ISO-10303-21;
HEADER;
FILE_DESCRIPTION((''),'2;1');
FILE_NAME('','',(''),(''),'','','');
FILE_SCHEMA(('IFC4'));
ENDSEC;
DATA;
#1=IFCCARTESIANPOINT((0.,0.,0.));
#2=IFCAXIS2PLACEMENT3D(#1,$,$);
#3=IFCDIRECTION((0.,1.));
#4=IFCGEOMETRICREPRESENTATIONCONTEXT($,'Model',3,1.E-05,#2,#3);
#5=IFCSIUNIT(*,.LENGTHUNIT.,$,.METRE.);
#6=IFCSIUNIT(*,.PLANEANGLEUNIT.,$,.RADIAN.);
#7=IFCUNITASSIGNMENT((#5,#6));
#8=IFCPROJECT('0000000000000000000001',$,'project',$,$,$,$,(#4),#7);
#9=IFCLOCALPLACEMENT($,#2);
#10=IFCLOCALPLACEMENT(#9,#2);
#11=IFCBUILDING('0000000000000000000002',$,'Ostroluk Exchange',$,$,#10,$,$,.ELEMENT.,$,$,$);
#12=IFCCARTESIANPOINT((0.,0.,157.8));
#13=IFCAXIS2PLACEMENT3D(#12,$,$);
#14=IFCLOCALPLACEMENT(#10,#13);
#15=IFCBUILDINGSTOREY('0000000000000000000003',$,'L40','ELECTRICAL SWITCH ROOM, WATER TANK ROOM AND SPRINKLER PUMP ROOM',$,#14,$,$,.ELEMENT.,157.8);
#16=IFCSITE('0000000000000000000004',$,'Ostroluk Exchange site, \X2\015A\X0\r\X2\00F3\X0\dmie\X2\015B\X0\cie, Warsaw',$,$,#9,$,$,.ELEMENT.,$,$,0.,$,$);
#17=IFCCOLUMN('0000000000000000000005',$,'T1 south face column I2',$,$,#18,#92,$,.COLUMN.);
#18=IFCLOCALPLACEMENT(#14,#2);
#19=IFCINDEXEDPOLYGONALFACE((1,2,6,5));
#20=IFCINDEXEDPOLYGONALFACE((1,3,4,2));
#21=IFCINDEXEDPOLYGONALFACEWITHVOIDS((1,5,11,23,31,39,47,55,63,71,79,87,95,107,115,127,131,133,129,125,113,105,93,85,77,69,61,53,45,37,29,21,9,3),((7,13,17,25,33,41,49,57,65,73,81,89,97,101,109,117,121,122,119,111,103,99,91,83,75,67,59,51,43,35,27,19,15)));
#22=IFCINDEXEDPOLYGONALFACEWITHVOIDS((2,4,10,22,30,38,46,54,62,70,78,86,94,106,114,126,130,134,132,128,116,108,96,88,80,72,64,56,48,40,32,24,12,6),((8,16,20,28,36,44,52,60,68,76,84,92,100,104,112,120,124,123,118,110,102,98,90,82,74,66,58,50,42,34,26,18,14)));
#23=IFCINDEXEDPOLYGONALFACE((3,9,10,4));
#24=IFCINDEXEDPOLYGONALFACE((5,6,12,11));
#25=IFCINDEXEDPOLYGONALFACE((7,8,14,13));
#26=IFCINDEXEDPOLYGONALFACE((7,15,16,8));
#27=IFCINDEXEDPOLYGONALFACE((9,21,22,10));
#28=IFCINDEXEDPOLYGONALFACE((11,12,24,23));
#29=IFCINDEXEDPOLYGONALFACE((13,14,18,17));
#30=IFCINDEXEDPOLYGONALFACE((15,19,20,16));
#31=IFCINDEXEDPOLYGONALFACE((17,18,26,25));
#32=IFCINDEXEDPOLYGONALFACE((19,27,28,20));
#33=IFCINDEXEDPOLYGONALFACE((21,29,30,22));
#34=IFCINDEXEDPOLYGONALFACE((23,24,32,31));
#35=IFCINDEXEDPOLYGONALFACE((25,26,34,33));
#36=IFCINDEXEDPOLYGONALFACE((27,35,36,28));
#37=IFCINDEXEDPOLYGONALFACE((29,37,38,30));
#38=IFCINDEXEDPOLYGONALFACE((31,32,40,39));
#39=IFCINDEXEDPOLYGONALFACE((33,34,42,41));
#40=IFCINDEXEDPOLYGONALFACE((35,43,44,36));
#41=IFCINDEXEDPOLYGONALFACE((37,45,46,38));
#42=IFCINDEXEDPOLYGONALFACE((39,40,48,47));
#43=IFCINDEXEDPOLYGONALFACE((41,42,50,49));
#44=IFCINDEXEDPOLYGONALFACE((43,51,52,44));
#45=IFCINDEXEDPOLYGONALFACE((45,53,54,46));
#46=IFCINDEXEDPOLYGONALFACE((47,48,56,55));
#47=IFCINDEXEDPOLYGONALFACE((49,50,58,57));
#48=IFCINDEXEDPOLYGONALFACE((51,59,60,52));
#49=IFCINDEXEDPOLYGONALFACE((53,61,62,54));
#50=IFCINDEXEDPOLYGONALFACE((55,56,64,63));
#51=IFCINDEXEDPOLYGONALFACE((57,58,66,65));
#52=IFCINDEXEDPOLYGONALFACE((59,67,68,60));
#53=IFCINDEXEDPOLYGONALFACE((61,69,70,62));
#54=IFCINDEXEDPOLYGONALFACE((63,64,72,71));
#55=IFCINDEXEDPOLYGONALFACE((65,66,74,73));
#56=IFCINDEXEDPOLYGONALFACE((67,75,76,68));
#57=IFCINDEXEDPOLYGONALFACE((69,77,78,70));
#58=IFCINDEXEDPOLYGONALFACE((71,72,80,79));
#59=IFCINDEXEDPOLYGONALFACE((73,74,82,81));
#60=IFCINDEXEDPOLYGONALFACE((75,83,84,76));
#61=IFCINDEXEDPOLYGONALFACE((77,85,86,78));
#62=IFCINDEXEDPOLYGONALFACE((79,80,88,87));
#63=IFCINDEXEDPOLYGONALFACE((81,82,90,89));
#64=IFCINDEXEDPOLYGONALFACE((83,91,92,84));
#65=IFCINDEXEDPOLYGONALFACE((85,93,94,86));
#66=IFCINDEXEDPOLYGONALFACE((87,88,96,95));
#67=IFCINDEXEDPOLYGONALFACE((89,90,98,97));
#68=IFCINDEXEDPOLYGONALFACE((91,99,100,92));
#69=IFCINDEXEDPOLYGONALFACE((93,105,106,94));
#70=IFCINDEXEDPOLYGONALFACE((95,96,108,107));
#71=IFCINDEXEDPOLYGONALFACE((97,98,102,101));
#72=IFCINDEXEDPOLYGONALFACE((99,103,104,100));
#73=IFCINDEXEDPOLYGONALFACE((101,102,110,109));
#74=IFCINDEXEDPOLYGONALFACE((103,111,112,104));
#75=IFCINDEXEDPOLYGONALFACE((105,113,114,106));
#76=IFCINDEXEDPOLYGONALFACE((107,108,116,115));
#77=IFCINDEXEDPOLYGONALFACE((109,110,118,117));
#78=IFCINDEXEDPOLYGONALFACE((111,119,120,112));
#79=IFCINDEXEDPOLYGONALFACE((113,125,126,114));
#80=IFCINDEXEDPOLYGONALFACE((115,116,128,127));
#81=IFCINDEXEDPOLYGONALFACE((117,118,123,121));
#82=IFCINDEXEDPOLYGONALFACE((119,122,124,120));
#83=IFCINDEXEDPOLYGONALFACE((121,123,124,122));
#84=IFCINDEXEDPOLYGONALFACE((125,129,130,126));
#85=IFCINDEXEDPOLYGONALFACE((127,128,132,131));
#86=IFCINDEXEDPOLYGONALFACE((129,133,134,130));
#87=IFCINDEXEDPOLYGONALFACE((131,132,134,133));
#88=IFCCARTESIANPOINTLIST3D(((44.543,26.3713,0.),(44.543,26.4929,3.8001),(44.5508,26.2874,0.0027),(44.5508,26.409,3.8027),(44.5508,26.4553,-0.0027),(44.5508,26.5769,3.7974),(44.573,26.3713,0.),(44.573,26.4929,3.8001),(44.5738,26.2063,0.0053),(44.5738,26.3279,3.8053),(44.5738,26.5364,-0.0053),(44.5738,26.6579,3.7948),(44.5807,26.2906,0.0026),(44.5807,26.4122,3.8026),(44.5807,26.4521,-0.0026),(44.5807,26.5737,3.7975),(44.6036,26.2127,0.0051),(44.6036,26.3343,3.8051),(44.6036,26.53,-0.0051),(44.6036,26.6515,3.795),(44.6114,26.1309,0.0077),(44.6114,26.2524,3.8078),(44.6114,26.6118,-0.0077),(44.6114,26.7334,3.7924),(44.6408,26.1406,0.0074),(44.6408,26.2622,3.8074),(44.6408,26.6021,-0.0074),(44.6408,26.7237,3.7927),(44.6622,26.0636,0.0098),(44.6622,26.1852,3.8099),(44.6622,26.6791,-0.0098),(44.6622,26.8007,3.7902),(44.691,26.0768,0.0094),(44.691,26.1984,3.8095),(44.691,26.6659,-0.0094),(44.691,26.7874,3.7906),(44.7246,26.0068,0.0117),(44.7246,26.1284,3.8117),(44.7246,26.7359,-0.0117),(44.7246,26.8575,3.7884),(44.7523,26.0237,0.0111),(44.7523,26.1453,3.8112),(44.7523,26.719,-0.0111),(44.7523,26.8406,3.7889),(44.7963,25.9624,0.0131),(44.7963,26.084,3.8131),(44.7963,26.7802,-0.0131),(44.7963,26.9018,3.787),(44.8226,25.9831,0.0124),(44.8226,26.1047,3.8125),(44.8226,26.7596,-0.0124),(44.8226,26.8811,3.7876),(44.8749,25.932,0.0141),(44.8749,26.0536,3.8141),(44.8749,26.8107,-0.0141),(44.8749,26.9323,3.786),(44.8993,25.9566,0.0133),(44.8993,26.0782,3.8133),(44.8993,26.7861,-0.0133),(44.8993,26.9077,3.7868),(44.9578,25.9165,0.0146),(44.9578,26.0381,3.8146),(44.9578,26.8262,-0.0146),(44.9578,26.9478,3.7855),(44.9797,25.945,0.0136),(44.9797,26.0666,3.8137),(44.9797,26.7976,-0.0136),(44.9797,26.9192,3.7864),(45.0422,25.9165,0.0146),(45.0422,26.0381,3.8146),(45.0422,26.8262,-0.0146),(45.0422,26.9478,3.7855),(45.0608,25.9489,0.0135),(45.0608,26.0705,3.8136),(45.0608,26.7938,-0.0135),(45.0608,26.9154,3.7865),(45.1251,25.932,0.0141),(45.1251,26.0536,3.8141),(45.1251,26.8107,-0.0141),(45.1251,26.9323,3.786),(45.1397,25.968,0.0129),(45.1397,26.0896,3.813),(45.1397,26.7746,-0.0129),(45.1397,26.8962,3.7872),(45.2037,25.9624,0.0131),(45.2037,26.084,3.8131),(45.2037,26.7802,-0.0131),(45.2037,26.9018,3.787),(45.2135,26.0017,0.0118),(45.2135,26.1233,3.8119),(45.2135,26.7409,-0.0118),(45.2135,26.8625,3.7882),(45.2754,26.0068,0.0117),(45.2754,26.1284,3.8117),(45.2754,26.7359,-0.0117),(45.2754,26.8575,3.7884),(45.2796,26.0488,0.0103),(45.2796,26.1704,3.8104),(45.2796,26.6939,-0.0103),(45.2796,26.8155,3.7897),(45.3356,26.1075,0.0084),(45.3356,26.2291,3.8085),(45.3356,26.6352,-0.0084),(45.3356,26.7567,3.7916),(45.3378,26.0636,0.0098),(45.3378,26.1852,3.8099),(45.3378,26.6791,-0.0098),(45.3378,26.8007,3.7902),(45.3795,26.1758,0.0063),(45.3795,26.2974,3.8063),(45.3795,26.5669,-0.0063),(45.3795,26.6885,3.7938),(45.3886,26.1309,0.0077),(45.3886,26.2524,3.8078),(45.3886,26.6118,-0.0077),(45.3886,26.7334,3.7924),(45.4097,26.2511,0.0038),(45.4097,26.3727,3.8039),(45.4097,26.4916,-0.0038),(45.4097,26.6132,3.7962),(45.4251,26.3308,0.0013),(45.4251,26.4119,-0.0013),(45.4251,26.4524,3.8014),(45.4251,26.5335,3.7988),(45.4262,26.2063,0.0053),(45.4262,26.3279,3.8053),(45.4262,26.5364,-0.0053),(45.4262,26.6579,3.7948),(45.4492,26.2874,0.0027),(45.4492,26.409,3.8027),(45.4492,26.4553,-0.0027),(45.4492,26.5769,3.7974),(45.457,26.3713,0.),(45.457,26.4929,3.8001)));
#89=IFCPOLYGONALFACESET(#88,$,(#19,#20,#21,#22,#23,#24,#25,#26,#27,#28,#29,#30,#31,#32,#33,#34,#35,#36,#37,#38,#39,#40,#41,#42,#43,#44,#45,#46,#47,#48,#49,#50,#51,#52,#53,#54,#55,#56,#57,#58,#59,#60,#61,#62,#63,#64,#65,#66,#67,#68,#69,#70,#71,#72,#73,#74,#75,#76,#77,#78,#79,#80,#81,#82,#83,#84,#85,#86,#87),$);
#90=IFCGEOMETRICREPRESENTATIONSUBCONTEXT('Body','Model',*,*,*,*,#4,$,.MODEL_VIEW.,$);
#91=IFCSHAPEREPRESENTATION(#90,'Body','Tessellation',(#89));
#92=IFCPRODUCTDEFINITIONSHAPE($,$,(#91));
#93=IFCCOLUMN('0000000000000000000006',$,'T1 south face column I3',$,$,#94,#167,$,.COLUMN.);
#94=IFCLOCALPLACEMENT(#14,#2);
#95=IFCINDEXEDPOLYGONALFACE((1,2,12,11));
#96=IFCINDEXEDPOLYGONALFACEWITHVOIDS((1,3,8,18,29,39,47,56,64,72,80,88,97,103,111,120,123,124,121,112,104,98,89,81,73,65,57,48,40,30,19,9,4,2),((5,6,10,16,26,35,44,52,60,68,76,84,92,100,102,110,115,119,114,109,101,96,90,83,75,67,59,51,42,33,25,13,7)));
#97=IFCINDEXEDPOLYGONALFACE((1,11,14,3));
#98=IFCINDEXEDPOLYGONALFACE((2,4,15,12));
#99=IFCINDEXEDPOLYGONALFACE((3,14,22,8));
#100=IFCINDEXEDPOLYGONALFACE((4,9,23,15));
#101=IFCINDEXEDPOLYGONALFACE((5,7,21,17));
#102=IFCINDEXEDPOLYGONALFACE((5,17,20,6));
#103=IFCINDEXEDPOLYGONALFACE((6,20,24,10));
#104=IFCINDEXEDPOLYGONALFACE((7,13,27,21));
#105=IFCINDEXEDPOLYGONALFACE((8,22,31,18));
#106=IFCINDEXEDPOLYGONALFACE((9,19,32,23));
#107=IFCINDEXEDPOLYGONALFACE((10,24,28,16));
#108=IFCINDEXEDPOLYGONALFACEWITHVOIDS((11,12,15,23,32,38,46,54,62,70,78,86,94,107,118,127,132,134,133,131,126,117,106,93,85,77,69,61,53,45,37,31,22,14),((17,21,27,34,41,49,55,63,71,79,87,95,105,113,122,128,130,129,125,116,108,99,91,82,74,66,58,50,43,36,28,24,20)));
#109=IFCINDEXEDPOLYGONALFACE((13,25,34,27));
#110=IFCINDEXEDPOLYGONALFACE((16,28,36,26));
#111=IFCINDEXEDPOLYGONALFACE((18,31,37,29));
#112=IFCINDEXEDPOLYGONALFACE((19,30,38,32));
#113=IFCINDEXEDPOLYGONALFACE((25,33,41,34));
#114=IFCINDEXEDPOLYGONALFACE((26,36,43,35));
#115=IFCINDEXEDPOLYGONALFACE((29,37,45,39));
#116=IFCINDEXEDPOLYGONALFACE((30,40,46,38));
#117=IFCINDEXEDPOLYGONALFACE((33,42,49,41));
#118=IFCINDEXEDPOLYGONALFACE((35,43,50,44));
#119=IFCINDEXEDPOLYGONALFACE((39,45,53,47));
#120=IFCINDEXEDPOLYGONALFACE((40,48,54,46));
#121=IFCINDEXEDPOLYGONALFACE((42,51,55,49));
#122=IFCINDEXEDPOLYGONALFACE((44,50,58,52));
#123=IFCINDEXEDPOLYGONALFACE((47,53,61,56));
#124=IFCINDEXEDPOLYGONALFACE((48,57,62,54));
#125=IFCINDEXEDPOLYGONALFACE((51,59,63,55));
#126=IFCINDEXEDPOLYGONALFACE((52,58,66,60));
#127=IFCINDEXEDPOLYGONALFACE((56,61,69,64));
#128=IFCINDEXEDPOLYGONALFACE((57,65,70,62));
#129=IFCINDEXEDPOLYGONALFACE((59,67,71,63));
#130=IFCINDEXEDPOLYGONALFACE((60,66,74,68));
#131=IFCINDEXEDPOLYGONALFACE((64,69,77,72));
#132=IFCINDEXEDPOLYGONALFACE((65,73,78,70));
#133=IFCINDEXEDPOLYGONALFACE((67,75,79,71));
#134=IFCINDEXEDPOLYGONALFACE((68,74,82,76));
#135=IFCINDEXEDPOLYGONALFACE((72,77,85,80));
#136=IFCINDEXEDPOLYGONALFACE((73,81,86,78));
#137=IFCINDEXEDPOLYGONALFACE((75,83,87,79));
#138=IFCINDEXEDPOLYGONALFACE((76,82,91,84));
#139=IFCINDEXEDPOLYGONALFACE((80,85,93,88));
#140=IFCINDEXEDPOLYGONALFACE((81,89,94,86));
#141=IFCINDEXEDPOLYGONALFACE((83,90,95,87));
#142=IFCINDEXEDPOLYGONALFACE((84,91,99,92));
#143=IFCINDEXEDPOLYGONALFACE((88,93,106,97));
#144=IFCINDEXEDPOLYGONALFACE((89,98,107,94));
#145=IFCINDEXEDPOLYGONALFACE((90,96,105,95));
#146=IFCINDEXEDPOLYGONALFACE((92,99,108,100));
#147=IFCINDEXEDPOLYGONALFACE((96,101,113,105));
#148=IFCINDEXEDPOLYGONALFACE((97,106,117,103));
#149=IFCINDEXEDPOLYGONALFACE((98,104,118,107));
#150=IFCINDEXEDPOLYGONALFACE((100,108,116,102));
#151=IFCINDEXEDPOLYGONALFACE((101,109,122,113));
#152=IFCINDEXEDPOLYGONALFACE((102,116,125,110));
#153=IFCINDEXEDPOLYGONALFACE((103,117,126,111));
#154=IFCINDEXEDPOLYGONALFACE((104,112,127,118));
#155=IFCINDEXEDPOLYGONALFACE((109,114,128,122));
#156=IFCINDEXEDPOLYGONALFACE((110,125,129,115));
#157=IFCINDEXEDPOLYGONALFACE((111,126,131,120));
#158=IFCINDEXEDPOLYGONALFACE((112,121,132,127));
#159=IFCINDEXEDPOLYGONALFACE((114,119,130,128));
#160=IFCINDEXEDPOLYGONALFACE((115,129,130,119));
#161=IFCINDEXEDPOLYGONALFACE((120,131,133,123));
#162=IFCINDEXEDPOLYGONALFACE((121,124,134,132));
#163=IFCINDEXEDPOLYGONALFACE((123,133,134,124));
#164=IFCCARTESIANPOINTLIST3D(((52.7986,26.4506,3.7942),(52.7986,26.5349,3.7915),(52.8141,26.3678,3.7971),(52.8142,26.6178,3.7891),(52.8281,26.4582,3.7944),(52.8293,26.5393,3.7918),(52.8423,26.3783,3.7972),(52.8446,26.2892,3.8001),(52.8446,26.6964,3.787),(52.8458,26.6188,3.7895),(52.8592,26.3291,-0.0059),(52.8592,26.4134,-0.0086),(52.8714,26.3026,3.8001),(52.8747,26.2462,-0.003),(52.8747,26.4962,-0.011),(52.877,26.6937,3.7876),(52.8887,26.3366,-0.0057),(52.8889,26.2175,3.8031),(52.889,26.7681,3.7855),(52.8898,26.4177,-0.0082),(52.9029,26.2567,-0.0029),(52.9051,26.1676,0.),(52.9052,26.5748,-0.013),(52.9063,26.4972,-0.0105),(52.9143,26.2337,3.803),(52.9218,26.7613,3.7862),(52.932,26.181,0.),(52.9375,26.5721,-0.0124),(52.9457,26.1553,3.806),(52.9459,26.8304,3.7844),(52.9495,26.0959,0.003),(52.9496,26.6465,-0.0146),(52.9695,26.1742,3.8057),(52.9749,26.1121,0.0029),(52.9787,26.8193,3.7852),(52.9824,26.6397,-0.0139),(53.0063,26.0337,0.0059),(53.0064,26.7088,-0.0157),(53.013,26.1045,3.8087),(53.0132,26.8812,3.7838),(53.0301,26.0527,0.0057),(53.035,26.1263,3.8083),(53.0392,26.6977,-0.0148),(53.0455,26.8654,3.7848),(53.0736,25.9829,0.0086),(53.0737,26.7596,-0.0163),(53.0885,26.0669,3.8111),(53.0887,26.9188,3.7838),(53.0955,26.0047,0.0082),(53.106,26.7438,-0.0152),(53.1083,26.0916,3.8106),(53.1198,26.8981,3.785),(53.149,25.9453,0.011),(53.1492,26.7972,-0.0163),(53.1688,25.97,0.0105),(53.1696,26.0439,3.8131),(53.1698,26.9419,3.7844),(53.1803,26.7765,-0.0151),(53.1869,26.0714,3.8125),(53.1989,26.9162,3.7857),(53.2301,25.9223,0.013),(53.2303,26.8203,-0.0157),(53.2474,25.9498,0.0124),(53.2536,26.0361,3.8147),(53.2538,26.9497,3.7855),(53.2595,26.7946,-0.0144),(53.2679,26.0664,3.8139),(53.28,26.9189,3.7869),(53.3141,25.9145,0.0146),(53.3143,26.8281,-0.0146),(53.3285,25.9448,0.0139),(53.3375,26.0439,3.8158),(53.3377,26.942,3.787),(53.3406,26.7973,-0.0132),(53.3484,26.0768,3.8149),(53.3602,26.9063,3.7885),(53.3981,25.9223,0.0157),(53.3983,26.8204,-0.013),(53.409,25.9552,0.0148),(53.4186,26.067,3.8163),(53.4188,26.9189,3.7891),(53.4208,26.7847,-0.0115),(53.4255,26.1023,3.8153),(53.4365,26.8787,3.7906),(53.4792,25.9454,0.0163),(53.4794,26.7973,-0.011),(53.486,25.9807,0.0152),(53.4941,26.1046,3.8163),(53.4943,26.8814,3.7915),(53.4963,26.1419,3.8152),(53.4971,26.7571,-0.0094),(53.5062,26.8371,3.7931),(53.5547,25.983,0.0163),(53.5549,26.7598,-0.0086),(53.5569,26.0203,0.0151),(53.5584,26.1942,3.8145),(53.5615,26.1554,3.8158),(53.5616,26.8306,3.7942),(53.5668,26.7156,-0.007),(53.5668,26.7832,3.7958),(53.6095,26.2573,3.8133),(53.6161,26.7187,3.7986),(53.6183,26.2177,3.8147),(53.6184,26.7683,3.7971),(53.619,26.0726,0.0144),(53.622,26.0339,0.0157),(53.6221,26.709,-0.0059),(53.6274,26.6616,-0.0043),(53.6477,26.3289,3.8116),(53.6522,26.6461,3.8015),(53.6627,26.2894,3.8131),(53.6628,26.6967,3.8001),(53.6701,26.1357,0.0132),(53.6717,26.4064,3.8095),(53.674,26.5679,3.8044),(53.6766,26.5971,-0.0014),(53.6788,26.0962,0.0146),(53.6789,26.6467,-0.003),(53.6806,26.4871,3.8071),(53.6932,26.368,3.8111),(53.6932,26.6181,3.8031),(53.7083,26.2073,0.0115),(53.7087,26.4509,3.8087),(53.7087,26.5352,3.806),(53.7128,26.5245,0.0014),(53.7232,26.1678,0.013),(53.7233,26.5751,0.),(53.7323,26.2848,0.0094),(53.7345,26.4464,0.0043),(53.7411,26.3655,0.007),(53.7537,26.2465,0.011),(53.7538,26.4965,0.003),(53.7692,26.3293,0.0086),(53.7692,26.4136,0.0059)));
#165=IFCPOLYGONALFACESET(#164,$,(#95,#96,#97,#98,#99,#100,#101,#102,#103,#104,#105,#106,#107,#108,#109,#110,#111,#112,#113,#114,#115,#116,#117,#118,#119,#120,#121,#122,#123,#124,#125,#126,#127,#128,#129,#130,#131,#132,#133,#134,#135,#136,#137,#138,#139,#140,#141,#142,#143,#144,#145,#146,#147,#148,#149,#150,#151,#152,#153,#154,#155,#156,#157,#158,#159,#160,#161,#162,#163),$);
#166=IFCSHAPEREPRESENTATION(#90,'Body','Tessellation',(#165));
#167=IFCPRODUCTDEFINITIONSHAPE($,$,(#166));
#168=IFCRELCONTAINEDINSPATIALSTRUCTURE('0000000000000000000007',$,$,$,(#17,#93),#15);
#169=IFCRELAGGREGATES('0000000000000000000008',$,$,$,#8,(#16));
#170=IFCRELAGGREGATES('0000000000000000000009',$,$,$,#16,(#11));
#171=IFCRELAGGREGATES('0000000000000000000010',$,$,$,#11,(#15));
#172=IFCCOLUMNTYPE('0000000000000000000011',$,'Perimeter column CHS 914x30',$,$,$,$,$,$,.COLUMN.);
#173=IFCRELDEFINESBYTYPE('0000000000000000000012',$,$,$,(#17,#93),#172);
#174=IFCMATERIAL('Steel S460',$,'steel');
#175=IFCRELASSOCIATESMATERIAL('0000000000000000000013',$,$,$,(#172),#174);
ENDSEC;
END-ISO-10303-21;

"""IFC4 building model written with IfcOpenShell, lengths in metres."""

from ifc_helpers import new_model, si_unit, direction, frame, origin, origin_2d, place, context, subcontext, project, spatial, hollow_circle, extrude, material, material_profile, profile_set, type_object, element, save


model = new_model("IFC4")

# Units and contexts
model_context = context("Model", 3, precision=1e-05, world=origin(), true_north=direction((0.0, 1.0)))
body_context = subcontext(model_context, "Body", "Model", "MODEL_VIEW")
ifc_project = project(units=[si_unit("LENGTHUNIT", "METRE"), si_unit("PLANEANGLEUNIT", "RADIAN")], contexts=[model_context])

# Site, building, storey
site_placement = place(None, origin())
site = spatial("IfcSite", under=ifc_project, at=site_placement, Name="Ostroluk Exchange site, Śródmieście, Warsaw", CompositionType="ELEMENT", RefElevation=0.0)
building_placement = place(site_placement, origin())
building = spatial("IfcBuilding", under=site, at=building_placement, Name="Ostroluk Exchange", CompositionType="ELEMENT")
storey_placement = place(building_placement, frame((0.0, 0.0, 157.8)))
storey = spatial("IfcBuildingStorey", under=building, at=storey_placement, Name="L40", Description="ELECTRICAL SWITCH ROOM, WATER TANK ROOM AND SPRINKLER PUMP ROOM", CompositionType="ELEMENT", Elevation=157.8)

# Columns
ifc_material_1 = material(Name="Steel S460", Category="steel")
ifc_material_profile_1 = material_profile(ifc_material_1, hollow_circle(Radius=0.457, WallThickness=0.03, at=origin_2d()), Name="CHS 914x30")
ifc_profile_set_1 = profile_set([ifc_material_profile_1], Name="Steel S460")
column_type = type_object("IfcColumnType", Name="Perimeter column CHS 914x30", PredefinedType="COLUMN", material=ifc_profile_set_1)
column_1_placement = place(storey_placement, frame((45.0, 26.3713, 0.0), z_axis=(0.0, 0.031978, 0.999489), x_axis=(-1.0, 0.0, 0.0)))
element("IfcColumn", 1, at=column_1_placement, inside=storey, type_object=column_type, Name="T1 south face column I2", PredefinedType="COLUMN", context=body_context, shape_type="SweptSolid", body=[
    extrude(hollow_circle(Radius=0.457, WallThickness=0.03, at=origin_2d()), origin(), (0.0, 0.0, 1.0), 3.802),
])
column_2_placement = place(storey_placement, frame((53.3142, 26.3713, 0.0), z_axis=(-0.015923, 0.031974, 0.999362), x_axis=(-0.895145, -0.445775, 0.0)))
element("IfcColumn", 2, at=column_2_placement, inside=storey, type_object=column_type, Name="T1 south face column I3", PredefinedType="COLUMN", context=body_context, shape_type="SweptSolid", body=[
    extrude(hollow_circle(Radius=0.457, WallThickness=0.03, at=origin_2d()), origin(), (0.0, 0.0, 1.0), 3.8025),
])

save(model, "model.ifc")
